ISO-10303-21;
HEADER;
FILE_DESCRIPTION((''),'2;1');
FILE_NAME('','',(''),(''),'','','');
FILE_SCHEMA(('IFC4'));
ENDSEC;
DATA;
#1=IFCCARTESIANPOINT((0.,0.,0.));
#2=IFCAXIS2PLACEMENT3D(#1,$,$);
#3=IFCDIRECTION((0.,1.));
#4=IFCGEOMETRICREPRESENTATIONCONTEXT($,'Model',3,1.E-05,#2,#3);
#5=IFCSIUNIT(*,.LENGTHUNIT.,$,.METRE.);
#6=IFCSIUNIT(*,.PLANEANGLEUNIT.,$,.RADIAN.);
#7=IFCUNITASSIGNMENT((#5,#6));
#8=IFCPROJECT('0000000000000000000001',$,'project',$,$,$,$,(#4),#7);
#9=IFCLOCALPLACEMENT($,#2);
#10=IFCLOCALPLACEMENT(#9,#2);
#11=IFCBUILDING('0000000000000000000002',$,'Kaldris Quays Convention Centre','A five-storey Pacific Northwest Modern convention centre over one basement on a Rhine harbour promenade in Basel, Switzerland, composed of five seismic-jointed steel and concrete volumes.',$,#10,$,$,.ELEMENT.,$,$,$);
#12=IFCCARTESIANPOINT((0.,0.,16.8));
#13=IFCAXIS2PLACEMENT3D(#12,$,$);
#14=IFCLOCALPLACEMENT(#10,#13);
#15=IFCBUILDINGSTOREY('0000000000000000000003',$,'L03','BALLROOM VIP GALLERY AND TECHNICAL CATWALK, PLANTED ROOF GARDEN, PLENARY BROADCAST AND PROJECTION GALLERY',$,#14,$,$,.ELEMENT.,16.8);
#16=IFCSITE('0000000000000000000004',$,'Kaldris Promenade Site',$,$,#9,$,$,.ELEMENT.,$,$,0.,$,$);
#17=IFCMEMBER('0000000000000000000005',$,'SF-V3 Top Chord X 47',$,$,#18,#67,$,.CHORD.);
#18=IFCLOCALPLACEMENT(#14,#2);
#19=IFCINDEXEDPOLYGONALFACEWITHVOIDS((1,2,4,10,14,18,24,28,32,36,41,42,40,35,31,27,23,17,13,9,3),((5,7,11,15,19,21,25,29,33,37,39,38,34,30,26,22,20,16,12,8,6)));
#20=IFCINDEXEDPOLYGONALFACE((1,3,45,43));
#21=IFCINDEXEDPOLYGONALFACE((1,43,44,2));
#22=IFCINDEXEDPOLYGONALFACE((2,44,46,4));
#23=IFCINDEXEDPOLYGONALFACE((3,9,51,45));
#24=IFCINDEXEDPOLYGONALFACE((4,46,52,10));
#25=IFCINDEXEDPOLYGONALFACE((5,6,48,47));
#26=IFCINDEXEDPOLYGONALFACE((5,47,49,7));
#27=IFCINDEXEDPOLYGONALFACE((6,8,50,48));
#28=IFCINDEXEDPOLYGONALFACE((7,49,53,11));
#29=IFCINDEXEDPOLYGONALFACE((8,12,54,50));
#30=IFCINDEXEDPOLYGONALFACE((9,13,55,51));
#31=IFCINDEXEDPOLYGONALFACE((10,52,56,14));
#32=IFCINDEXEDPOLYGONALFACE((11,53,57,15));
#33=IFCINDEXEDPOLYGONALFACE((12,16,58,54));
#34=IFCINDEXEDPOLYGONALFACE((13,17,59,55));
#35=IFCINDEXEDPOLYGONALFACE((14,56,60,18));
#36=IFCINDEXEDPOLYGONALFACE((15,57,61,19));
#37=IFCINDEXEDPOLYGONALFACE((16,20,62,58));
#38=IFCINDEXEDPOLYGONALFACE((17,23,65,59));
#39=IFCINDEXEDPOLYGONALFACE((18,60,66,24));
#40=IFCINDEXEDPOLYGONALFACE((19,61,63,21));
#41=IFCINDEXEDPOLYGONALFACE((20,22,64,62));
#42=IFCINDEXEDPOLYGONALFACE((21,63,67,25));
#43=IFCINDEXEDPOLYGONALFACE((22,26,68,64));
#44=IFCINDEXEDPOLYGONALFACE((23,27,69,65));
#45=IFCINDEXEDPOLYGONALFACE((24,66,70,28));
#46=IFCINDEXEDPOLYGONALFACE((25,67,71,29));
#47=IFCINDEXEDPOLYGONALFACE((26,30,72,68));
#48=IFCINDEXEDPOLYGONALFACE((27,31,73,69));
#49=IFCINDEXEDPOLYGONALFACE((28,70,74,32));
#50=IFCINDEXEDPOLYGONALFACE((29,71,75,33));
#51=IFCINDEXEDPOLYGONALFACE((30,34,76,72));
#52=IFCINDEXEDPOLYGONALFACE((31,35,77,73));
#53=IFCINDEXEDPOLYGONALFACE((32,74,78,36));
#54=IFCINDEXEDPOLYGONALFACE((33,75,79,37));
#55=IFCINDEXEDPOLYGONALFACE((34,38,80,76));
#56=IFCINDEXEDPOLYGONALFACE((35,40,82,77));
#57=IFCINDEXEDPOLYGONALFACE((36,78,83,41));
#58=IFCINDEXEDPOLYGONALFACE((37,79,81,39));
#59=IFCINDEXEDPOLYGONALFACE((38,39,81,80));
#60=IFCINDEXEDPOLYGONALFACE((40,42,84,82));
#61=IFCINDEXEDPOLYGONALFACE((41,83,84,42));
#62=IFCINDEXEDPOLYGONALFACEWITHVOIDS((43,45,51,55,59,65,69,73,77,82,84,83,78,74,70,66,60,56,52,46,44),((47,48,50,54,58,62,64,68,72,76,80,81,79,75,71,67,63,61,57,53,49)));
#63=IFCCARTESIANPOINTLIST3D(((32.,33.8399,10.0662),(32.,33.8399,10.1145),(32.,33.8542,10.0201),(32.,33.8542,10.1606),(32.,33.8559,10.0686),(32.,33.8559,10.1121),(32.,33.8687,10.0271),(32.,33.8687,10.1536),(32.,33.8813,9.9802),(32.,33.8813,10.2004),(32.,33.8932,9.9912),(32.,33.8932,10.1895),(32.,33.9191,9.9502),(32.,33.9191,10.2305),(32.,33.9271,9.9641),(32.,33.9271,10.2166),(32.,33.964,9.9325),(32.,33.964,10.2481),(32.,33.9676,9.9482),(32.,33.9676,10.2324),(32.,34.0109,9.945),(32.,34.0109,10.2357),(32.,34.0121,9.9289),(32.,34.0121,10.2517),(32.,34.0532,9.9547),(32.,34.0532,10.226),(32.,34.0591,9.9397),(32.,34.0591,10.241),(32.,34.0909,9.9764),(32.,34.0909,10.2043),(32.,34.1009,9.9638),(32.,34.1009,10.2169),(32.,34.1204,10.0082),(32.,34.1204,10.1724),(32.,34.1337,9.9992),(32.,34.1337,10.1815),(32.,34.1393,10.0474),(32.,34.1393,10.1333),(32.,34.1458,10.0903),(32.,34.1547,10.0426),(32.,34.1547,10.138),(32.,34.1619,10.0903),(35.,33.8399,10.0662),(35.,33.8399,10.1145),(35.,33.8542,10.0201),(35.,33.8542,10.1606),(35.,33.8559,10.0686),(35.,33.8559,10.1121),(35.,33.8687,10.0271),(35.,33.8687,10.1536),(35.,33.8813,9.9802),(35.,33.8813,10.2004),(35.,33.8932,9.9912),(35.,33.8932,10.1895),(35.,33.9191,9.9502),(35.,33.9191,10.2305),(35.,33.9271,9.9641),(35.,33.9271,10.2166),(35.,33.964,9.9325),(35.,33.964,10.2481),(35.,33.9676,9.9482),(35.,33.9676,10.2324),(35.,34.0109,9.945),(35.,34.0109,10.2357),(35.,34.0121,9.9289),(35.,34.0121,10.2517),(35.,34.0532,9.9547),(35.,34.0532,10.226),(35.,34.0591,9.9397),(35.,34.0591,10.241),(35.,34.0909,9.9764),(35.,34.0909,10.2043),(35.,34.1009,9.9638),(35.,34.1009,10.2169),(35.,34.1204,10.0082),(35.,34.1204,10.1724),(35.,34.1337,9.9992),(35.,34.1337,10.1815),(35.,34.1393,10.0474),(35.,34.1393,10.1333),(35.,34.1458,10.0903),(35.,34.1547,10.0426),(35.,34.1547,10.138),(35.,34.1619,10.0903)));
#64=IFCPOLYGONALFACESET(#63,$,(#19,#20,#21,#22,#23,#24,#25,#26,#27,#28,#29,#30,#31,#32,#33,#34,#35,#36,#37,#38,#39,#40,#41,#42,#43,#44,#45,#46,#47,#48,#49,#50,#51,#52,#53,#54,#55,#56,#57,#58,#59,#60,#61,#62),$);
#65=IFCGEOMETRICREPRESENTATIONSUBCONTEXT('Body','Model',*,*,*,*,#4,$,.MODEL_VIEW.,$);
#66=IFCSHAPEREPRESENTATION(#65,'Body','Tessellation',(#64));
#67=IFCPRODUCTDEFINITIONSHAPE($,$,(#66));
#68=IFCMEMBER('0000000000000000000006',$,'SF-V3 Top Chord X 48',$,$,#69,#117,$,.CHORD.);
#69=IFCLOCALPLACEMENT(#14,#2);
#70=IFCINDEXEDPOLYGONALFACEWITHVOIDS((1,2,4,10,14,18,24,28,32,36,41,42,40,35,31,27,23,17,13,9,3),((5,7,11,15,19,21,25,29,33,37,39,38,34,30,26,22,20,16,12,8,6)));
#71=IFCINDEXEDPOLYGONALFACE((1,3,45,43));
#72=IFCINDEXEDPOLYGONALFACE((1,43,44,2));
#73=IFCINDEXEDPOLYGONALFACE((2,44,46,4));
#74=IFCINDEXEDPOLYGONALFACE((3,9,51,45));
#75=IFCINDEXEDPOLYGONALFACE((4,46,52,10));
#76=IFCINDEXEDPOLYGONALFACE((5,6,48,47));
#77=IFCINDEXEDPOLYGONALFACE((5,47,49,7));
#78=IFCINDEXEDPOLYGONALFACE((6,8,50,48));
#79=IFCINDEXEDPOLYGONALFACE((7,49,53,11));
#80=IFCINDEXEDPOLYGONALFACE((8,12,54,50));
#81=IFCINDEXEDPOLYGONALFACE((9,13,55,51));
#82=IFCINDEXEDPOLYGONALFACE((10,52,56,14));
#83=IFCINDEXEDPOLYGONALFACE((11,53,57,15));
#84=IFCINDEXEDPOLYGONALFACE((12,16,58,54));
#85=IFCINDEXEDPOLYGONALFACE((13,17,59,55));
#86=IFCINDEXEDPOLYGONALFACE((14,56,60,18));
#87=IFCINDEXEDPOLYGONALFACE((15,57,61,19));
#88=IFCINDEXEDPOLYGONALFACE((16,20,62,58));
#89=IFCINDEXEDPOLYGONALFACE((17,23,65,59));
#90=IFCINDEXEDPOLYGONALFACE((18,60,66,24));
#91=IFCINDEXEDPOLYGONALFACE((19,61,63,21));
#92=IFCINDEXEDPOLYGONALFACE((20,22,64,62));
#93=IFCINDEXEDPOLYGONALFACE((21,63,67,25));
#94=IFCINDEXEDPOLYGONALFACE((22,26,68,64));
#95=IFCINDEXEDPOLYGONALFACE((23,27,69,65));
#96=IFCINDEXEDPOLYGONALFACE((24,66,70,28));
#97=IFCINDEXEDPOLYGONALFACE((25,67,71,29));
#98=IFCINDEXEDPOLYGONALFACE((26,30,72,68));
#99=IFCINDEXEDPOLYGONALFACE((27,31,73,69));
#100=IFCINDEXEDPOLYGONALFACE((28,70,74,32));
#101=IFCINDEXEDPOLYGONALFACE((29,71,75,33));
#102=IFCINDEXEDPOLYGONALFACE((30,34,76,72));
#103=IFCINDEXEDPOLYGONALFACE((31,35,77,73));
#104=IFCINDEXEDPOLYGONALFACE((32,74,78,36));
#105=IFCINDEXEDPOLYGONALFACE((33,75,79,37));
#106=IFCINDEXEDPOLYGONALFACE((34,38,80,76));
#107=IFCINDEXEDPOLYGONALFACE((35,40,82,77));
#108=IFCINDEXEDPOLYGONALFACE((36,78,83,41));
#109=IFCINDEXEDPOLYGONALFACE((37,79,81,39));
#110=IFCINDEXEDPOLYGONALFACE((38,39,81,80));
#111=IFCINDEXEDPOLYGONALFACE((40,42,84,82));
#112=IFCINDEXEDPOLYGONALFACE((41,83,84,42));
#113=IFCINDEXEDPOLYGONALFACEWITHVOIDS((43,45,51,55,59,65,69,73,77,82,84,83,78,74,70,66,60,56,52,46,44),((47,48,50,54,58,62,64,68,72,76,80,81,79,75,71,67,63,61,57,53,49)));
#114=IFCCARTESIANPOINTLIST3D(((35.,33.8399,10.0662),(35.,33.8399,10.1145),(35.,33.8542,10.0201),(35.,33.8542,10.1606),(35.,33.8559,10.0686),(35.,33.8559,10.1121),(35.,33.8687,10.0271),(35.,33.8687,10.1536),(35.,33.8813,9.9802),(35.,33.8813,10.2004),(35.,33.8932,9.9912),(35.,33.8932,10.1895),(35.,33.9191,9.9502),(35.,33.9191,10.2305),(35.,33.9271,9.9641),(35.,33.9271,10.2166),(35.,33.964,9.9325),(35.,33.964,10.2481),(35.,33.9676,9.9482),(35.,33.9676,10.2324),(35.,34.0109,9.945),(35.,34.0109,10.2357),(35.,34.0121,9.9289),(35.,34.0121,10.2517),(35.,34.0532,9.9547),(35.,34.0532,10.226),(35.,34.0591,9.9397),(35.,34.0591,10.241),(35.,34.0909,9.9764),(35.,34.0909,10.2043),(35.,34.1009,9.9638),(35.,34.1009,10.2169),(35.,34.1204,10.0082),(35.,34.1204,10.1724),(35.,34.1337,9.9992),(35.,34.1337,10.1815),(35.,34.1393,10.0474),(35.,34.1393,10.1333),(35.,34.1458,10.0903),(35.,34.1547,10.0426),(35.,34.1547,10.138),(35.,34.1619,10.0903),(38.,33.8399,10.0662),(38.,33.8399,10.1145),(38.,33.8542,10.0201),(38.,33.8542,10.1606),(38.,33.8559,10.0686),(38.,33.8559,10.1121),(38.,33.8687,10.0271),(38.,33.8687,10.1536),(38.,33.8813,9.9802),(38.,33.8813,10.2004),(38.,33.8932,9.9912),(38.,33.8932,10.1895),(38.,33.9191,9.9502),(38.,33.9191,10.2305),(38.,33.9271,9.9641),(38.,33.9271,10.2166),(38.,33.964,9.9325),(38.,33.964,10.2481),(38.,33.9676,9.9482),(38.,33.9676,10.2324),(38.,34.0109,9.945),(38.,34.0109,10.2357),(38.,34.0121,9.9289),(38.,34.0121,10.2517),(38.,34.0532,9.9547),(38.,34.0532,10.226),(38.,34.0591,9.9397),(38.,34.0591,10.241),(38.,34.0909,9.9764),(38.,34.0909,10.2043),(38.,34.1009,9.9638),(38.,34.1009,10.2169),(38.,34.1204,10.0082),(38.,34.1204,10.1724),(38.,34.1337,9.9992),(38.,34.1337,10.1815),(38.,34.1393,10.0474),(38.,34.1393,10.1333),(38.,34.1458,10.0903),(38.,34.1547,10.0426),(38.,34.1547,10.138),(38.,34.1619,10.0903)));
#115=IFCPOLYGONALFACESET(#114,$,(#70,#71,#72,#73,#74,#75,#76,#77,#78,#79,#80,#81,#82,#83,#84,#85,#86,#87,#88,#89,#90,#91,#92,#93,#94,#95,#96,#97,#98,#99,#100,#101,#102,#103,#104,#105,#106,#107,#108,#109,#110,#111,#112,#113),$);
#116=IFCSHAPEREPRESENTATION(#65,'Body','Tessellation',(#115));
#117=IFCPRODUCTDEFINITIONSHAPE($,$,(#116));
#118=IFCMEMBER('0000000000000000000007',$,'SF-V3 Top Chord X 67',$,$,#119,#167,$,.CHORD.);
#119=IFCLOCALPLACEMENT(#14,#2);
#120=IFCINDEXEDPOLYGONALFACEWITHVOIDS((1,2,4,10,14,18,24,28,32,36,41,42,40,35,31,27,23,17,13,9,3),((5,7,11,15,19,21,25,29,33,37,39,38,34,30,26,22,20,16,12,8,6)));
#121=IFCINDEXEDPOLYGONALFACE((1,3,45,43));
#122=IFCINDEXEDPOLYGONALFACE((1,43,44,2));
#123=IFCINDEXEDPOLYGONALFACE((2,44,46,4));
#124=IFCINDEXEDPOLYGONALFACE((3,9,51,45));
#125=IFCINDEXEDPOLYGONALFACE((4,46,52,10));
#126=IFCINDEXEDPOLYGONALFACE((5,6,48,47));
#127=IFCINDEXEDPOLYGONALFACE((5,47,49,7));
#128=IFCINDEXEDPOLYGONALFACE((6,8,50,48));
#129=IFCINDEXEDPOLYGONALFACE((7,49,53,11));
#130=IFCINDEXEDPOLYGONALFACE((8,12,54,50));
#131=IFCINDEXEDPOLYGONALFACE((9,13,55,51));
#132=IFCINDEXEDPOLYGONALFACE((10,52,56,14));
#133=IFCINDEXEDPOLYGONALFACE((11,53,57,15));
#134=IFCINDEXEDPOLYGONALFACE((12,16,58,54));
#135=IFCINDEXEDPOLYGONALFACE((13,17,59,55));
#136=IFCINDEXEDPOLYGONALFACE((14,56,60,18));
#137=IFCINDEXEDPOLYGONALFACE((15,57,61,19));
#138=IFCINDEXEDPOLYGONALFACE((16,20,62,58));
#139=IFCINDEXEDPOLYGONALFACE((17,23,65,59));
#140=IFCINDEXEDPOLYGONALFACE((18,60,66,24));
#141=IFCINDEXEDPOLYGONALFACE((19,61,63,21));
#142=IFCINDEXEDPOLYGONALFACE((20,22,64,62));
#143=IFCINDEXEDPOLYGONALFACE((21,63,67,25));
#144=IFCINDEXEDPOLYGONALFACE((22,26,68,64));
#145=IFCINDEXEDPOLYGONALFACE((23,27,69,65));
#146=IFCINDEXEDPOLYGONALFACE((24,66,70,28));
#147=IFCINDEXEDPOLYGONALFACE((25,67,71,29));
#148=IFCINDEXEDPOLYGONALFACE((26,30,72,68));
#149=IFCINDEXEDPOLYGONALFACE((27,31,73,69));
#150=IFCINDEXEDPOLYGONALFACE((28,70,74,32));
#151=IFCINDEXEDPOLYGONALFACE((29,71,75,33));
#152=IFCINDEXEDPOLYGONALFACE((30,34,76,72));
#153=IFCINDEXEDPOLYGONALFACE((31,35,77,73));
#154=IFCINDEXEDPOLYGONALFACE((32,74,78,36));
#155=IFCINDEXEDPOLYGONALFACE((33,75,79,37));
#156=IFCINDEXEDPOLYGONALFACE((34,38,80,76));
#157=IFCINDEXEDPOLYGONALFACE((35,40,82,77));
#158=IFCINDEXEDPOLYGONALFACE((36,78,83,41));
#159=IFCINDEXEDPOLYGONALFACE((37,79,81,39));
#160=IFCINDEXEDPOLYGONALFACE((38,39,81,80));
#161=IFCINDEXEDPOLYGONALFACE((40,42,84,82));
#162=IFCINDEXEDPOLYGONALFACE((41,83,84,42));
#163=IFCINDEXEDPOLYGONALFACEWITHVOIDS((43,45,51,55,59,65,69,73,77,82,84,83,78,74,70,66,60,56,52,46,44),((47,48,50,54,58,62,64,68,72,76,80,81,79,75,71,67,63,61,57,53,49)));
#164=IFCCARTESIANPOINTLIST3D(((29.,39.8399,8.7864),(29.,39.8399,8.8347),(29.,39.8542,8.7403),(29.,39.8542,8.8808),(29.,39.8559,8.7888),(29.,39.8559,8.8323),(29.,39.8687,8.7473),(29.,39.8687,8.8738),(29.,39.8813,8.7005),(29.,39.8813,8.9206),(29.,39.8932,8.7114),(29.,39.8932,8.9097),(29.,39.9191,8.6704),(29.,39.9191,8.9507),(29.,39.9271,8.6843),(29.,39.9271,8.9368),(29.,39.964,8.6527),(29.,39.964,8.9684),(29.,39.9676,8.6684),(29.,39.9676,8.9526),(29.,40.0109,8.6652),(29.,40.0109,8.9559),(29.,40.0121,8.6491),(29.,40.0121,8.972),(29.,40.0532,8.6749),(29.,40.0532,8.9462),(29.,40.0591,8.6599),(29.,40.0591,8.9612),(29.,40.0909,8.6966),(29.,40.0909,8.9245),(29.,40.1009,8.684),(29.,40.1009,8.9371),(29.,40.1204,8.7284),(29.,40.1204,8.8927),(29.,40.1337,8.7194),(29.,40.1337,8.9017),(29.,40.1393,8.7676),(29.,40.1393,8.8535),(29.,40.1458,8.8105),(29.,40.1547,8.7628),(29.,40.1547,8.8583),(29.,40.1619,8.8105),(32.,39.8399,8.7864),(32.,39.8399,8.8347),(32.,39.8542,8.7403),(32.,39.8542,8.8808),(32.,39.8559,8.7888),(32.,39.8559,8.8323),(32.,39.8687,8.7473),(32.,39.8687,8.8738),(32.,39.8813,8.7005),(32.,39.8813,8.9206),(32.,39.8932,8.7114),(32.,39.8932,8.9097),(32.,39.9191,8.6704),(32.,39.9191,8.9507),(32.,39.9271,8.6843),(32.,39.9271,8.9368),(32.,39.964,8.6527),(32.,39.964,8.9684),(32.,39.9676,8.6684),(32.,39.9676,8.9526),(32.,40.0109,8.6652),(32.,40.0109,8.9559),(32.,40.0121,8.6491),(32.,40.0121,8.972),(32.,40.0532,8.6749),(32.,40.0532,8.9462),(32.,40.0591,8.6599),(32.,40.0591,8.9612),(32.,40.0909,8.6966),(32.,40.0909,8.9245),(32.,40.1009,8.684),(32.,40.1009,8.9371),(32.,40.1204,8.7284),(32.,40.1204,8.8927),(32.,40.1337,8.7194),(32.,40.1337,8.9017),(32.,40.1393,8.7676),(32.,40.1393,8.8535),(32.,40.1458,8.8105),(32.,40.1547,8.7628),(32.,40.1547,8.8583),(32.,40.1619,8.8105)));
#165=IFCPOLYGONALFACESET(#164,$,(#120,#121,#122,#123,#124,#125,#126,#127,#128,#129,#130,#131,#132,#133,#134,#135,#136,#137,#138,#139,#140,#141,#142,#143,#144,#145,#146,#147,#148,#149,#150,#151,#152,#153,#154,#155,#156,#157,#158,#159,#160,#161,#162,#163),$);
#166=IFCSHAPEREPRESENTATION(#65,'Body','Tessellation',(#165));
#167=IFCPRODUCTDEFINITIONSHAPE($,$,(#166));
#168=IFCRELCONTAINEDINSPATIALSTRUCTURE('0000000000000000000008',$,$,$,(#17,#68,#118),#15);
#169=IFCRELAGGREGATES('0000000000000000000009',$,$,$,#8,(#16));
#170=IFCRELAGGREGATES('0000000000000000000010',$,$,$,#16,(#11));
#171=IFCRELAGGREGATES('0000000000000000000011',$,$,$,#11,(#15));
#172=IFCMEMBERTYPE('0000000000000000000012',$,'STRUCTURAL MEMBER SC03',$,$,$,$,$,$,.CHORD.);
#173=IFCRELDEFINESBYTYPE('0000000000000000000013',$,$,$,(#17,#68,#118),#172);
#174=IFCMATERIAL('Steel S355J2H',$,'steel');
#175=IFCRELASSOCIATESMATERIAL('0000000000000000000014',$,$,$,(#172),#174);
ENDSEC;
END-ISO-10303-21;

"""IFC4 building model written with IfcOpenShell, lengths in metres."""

from ifc_helpers import new_model, si_unit, direction, frame, origin, origin_2d, place, context, subcontext, project, spatial, hollow_circle, extrude, material, material_profile, profile_set, type_object, element, save


model = new_model("IFC4")

# Units and contexts
model_context = context("Model", 3, precision=1e-05, world=origin(), true_north=direction((0.0, 1.0)))
body_context = subcontext(model_context, "Body", "Model", "MODEL_VIEW")
ifc_project = project(units=[si_unit("LENGTHUNIT", "METRE"), si_unit("PLANEANGLEUNIT", "RADIAN")], contexts=[model_context])

# Site, building, storey
site_placement = place(None, origin())
site = spatial("IfcSite", under=ifc_project, at=site_placement, Name="Kaldris Promenade Site", CompositionType="ELEMENT", RefElevation=0.0)
building_placement = place(site_placement, origin())
building = spatial("IfcBuilding", under=site, at=building_placement, Name="Kaldris Quays Convention Centre", Description="A five-storey Pacific Northwest Modern convention centre over one basement on a Rhine harbour promenade in Basel, Switzerland, composed of five seismic-jointed steel and concrete volumes.", CompositionType="ELEMENT")
storey_placement = place(building_placement, frame((0.0, 0.0, 16.8)))
storey = spatial("IfcBuildingStorey", under=building, at=storey_placement, Name="L03", Description="BALLROOM VIP GALLERY AND TECHNICAL CATWALK, PLANTED ROOF GARDEN, PLENARY BROADCAST AND PROJECTION GALLERY", CompositionType="ELEMENT", Elevation=16.8)

# Members
ifc_material_1 = material(Name="Steel S355J2H", Category="steel")
ifc_material_profile_1 = material_profile(ifc_material_1, hollow_circle(Radius=0.1619, WallThickness=0.0161, at=origin_2d()), Name="CHS 323.9x16")
ifc_profile_set_1 = profile_set([ifc_material_profile_1], Name="Steel S355J2H")
member_type_1 = type_object("IfcMemberType", Name="STRUCTURAL MEMBER SC03", PredefinedType="CHORD", material=ifc_profile_set_1)
for number, where, z_axis, x_axis, name in (
    (1, (32.0, 34.0, 10.0903), (1.0, 0.0, 0.0), (0.0, 1.0, 0.0), "SF-V3 Top Chord X 47"),
    (2, (35.0, 34.0, 10.0903), (1.0, 0.0, 0.0), (0.0, 1.0, 0.0), "SF-V3 Top Chord X 48"),
    (3, (29.0, 40.0, 8.8105), (1.0, 0.0, 0.0), (0.0, 1.0, 0.0), "SF-V3 Top Chord X 67"),
):
    element("IfcMember", number, at=place(storey_placement, frame(where, z_axis=z_axis, x_axis=x_axis)), inside=storey, type_object=member_type_1, Name=name, PredefinedType="CHORD", context=body_context, shape_type="SweptSolid", body=[
        extrude(hollow_circle(Radius=0.1619, WallThickness=0.0161, at=origin_2d()), origin(), (0.0, 0.0, 1.0), 3.0),
    ])

save(model, "model.ifc")
